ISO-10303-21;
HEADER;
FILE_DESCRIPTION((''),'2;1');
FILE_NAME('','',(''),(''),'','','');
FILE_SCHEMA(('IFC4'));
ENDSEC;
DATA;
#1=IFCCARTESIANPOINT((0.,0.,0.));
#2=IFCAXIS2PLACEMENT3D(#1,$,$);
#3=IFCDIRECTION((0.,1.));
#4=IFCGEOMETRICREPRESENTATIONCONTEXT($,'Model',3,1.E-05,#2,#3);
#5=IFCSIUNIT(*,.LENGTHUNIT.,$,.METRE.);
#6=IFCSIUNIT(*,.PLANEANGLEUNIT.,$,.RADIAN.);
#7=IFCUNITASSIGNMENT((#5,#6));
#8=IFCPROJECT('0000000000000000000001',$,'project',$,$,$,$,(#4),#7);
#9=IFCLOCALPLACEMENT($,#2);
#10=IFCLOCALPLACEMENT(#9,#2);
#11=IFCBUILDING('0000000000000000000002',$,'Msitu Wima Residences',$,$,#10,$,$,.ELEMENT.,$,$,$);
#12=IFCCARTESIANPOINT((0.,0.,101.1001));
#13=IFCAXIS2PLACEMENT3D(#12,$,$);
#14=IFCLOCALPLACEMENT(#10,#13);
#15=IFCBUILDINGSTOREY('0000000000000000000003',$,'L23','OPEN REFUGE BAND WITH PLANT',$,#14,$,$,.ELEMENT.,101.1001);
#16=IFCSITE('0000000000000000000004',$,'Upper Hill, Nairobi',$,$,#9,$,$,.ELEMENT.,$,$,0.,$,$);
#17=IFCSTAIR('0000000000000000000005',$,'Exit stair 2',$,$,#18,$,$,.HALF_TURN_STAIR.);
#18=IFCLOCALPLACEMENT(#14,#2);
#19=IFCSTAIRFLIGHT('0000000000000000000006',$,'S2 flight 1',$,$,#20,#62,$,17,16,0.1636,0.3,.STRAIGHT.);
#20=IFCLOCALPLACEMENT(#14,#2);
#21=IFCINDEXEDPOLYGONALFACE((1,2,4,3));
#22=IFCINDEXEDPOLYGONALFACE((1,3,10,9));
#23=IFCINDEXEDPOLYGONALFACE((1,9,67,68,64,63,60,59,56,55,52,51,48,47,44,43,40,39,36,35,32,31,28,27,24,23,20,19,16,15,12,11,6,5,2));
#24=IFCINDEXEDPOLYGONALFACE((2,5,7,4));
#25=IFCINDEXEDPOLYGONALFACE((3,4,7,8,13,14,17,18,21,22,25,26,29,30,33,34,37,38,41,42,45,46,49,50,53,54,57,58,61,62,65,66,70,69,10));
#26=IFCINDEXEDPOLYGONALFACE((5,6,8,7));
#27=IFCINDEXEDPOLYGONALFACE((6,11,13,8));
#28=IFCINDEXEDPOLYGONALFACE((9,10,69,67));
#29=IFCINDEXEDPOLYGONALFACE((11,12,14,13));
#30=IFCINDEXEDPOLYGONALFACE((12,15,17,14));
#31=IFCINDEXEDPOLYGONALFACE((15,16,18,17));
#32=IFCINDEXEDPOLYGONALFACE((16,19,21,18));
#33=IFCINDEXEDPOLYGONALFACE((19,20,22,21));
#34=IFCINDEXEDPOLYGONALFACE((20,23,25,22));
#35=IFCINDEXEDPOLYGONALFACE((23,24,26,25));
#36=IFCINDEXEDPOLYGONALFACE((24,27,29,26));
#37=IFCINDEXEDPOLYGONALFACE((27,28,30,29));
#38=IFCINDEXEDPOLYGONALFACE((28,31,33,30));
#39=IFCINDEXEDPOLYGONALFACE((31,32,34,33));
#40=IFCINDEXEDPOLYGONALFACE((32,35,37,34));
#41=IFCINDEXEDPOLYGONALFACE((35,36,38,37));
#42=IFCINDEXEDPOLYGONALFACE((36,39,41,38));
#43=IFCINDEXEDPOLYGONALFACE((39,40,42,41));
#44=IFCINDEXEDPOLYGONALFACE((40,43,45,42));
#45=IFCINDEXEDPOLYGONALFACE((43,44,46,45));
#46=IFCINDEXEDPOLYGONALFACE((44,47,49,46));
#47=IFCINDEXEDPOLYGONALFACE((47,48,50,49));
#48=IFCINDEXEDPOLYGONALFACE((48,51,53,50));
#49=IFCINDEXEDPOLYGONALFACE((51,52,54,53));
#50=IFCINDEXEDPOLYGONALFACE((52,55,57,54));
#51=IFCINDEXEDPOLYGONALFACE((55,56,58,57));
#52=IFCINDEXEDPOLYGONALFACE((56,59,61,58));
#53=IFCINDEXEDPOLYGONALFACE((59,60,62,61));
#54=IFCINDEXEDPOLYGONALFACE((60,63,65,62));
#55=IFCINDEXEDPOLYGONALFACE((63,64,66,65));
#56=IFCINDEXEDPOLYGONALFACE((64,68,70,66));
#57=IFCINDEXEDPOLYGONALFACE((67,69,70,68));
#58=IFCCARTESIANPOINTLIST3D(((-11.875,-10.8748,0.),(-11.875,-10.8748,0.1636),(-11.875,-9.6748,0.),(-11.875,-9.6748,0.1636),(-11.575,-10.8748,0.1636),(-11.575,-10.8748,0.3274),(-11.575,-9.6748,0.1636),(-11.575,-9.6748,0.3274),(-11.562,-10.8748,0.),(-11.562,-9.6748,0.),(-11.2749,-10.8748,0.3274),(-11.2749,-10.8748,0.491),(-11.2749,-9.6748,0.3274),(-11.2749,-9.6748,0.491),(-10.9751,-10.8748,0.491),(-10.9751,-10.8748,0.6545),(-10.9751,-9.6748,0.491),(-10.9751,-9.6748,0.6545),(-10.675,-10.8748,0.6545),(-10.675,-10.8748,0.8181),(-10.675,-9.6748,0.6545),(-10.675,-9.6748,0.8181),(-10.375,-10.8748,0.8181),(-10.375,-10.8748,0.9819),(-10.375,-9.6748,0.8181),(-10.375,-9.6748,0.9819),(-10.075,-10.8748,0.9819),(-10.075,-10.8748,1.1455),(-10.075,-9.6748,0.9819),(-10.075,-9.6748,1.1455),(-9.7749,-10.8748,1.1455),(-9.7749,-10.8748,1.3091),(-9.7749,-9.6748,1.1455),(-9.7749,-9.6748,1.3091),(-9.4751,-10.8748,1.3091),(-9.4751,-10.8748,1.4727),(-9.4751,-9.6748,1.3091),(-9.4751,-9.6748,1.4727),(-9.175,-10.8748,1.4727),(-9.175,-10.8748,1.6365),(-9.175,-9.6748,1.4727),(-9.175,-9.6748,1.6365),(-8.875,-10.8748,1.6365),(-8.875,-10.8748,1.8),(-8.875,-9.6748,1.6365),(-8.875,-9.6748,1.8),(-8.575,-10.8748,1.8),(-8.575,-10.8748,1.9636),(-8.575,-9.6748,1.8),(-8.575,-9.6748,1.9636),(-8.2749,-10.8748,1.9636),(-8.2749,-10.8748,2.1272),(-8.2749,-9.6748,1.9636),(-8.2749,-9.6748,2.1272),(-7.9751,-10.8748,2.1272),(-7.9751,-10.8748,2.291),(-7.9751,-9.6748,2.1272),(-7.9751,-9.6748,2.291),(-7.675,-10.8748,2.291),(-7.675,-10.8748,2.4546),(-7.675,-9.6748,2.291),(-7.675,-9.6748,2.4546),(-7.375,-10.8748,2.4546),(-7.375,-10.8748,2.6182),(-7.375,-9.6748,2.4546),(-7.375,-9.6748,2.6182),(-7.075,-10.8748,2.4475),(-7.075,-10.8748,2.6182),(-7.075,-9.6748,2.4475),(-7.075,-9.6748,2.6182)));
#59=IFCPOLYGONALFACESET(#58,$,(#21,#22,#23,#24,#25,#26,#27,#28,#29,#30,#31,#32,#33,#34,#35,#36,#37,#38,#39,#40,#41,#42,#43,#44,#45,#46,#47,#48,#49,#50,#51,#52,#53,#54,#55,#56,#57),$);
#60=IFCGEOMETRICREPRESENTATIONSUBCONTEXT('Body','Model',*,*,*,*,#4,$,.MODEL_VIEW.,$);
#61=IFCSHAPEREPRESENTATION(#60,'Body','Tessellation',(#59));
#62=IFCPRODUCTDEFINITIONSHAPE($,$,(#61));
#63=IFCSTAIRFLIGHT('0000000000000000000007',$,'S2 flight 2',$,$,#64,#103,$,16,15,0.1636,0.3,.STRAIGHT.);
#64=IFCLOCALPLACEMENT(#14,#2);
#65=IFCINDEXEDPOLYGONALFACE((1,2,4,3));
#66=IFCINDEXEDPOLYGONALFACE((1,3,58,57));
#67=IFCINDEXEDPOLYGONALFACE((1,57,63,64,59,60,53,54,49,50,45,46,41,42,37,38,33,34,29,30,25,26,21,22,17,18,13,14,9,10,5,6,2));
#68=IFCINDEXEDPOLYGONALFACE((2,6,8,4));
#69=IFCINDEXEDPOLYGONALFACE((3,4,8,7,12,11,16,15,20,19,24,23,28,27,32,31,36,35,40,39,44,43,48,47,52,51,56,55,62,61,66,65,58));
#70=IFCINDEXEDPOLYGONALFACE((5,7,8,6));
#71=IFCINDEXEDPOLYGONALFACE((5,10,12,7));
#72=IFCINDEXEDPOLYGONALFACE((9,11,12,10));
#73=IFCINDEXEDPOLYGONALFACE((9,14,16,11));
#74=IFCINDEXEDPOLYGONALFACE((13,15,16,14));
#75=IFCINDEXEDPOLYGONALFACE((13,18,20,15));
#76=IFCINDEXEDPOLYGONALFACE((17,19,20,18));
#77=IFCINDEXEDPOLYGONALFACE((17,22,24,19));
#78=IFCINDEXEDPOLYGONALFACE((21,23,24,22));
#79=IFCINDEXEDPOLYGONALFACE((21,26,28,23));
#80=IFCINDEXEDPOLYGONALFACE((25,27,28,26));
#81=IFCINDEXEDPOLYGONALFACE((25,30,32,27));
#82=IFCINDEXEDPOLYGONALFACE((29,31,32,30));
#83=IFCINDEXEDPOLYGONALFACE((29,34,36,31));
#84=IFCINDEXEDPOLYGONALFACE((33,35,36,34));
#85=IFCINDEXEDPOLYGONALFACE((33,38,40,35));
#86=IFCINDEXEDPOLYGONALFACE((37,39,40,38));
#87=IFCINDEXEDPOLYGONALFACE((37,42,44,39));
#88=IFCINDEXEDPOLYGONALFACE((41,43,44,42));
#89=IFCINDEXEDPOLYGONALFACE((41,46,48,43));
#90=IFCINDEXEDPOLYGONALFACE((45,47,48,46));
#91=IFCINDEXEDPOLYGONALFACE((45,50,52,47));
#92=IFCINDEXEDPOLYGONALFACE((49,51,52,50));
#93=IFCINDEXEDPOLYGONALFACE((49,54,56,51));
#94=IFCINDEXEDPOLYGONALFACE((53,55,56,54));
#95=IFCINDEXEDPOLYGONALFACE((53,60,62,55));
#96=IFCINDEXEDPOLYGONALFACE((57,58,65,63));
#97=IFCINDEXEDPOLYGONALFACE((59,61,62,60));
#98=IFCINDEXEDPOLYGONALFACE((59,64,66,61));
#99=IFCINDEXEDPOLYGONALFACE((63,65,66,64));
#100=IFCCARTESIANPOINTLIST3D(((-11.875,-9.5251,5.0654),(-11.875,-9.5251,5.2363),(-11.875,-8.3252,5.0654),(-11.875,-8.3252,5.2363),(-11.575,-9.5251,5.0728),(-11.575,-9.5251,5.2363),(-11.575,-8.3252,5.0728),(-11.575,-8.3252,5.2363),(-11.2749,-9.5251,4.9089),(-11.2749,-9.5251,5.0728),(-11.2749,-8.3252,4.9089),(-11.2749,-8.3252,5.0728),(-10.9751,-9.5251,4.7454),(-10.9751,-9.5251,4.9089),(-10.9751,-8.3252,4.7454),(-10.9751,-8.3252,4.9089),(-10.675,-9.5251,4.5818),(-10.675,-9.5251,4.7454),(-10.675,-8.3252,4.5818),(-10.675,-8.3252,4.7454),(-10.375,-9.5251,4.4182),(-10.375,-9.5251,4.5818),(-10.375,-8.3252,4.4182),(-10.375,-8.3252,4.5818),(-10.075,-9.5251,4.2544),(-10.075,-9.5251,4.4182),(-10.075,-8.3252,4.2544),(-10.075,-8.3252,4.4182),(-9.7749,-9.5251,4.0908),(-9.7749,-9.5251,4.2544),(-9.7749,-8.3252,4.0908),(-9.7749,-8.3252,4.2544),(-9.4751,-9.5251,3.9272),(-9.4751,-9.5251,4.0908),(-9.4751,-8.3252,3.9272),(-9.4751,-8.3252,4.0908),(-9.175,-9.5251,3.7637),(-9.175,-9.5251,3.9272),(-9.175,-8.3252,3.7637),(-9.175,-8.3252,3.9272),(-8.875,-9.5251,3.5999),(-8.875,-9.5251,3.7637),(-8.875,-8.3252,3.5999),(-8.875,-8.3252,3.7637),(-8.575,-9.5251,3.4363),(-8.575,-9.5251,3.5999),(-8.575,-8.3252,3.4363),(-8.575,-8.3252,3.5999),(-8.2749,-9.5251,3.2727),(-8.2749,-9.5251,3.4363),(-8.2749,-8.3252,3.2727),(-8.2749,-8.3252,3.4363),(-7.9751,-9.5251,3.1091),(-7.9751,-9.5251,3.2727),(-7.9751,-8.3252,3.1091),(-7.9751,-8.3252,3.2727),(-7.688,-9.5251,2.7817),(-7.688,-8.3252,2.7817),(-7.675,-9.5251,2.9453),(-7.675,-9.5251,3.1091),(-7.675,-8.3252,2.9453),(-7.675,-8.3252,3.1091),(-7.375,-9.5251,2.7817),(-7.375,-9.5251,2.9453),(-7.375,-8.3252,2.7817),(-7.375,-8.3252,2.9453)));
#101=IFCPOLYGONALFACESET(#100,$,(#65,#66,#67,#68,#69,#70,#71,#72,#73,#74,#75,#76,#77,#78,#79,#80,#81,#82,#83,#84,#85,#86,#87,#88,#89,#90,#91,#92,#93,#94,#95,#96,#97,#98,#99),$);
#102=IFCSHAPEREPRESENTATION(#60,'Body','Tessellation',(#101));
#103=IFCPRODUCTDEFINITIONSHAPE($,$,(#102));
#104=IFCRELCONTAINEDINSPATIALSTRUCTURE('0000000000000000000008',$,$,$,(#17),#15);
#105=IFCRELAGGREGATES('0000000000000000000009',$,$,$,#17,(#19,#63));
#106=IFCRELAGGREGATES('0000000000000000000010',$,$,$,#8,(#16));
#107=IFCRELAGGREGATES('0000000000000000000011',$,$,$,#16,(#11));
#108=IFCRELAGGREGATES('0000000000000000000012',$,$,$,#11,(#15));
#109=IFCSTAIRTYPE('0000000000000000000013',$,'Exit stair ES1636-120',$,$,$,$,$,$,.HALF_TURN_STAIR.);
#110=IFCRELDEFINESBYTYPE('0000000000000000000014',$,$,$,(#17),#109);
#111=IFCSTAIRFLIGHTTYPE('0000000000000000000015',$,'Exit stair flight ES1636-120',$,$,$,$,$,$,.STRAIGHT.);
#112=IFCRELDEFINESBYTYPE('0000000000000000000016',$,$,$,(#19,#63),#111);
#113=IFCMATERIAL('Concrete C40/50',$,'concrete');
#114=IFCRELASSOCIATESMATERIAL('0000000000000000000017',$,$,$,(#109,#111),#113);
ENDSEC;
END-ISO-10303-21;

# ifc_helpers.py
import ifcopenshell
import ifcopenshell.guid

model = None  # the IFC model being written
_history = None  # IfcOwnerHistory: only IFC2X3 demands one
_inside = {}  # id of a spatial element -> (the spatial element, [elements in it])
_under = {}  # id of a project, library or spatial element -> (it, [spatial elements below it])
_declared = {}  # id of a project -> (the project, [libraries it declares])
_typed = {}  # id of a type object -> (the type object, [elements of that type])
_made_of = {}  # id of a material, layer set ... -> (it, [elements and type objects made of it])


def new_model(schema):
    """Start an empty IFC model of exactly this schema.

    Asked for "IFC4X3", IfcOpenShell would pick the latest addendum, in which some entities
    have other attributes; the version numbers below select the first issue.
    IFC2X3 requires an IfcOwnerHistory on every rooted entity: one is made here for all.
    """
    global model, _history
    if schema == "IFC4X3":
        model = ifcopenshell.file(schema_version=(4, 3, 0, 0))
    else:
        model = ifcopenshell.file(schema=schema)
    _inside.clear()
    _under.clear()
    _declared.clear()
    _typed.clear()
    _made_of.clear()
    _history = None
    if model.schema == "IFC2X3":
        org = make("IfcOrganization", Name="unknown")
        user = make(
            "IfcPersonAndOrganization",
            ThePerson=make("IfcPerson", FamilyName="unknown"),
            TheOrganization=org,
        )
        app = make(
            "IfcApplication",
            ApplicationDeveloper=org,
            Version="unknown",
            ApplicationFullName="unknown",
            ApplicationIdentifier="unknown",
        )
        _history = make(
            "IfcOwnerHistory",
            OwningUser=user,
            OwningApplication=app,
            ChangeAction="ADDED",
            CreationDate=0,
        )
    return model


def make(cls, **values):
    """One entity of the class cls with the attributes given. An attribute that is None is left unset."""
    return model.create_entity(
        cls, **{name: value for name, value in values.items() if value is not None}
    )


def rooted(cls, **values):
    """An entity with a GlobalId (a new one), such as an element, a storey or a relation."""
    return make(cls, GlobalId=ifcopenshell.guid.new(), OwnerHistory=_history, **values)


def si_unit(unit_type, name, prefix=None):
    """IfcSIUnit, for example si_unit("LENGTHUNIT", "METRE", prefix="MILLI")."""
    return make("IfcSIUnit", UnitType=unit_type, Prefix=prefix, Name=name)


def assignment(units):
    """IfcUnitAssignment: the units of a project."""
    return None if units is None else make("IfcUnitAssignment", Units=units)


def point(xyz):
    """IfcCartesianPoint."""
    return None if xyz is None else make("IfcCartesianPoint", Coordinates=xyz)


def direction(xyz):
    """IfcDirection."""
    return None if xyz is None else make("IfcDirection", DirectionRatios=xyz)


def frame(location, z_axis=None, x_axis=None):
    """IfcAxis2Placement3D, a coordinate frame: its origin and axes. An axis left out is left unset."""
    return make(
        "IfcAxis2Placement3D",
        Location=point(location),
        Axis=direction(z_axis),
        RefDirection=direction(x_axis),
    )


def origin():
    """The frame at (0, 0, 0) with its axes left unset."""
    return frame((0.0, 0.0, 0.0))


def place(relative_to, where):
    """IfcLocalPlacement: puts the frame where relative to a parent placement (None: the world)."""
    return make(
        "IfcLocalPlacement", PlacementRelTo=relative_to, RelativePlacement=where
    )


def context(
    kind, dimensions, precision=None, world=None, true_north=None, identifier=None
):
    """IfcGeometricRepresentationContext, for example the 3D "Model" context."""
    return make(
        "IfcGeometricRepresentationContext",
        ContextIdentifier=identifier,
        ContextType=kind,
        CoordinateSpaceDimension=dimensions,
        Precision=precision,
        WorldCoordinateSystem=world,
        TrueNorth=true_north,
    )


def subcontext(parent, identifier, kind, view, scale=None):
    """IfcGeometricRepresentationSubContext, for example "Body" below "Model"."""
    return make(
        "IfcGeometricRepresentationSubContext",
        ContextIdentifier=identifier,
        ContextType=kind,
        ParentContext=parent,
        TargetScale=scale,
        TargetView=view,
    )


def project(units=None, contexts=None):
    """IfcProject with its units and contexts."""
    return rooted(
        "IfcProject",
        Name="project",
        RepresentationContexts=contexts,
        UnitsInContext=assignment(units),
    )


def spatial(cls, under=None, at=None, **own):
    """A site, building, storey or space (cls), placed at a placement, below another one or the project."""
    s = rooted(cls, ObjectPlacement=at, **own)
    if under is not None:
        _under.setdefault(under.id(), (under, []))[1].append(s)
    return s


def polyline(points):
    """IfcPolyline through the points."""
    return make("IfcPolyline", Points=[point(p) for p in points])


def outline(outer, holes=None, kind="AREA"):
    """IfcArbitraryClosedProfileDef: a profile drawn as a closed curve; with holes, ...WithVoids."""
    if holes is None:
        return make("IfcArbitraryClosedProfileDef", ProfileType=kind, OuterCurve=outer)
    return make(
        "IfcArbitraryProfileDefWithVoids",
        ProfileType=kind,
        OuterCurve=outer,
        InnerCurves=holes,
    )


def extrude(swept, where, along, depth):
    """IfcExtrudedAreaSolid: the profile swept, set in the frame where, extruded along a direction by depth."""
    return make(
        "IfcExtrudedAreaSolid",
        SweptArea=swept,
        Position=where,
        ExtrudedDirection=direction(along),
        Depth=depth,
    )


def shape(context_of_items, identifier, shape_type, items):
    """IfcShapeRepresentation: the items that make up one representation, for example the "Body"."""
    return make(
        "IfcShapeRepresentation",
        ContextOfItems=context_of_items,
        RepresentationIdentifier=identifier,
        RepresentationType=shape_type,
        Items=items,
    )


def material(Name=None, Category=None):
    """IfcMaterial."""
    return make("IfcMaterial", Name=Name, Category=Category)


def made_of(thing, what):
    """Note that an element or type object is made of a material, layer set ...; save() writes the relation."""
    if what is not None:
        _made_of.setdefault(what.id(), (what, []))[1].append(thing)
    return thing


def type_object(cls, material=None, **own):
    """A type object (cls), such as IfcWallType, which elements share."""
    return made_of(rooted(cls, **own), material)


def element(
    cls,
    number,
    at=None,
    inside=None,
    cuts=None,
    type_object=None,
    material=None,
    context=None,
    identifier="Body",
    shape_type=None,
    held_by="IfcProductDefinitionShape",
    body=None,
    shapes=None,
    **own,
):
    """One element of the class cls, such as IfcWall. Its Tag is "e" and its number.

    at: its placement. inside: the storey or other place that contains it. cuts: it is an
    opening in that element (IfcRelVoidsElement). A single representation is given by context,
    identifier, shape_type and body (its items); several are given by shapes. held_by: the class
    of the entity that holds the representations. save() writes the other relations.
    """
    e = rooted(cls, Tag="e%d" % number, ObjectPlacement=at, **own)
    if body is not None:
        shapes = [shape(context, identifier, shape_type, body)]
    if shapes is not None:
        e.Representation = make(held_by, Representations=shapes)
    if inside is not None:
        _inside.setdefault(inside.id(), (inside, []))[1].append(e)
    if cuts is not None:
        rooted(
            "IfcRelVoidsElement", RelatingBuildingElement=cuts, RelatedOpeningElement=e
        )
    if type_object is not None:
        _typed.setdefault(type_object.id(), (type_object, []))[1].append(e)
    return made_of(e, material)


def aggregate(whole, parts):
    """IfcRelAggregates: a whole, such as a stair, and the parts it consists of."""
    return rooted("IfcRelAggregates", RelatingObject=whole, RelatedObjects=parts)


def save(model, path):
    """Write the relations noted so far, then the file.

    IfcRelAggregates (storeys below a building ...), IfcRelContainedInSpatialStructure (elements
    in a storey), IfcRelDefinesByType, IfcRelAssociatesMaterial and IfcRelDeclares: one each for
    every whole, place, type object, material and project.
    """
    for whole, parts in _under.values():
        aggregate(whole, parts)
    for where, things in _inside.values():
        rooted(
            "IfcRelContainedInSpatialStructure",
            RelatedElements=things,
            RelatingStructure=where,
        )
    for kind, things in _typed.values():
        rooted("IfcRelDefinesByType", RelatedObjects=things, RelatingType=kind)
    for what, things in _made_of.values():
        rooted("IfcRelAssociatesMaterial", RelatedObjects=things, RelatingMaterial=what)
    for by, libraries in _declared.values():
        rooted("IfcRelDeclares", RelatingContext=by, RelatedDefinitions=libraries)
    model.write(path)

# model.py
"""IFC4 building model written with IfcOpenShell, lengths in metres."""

from ifc_helpers import new_model, si_unit, direction, frame, origin, place, context, subcontext, project, spatial, polyline, outline, extrude, material, type_object, element, aggregate, save


model = new_model("IFC4")

# Units and contexts
model_context = context("Model", 3, precision=1e-05, world=origin(), true_north=direction((0.0, 1.0)))
body_context = subcontext(model_context, "Body", "Model", "MODEL_VIEW")
ifc_project = project(units=[si_unit("LENGTHUNIT", "METRE"), si_unit("PLANEANGLEUNIT", "RADIAN")], contexts=[model_context])

# Site, building, storey
site_placement = place(None, origin())
site = spatial("IfcSite", under=ifc_project, at=site_placement, Name="Upper Hill, Nairobi", CompositionType="ELEMENT", RefElevation=0.0)
building_placement = place(site_placement, origin())
building = spatial("IfcBuilding", under=site, at=building_placement, Name="Msitu Wima Residences", CompositionType="ELEMENT")
storey_placement = place(building_placement, frame((0.0, 0.0, 101.1001)))
storey = spatial("IfcBuildingStorey", under=building, at=storey_placement, Name="L23", Description="OPEN REFUGE BAND WITH PLANT", CompositionType="ELEMENT", Elevation=101.1001)

# Stair, stair flights
ifc_material_1 = material(Name="Concrete C40/50", Category="concrete")
stair_type = type_object("IfcStairType", Name="Exit stair ES1636-120", PredefinedType="HALF_TURN_STAIR", material=ifc_material_1)
stair_placement = place(storey_placement, origin())
stair = element("IfcStair", 1, at=stair_placement, inside=storey, type_object=stair_type, Name="Exit stair 2", PredefinedType="HALF_TURN_STAIR")
stair_flight_type = type_object("IfcStairFlightType", Name="Exit stair flight ES1636-120", PredefinedType="STRAIGHT", material=ifc_material_1)
stair_flight_1_placement = place(storey_placement, frame((-11.875, -10.2749, 0.0), z_axis=(0.0, 0.0, 1.0), x_axis=(1.0, 0.0, 0.0)))
stair_flight_1 = element("IfcStairFlight", 2, at=stair_flight_1_placement, type_object=stair_flight_type, Name="S2 flight 1", NumberOfRisers=17, NumberOfTreads=16, PredefinedType="STRAIGHT", RiserHeight=0.1636, TreadLength=0.3, context=body_context, shape_type="SweptSolid", body=[
    extrude(outline(polyline([(0.0, 0.0), (0.0, 0.1636), (0.3, 0.1636), (0.3, 0.3274), (0.6001, 0.3274), (0.6001, 0.491), (0.8999, 0.491), (0.8999, 0.6545), (1.2, 0.6545), (1.2, 0.8181), (1.5, 0.8181), (1.5, 0.9819), (1.8, 0.9819), (1.8, 1.1455), (2.1001, 1.1455), (2.1001, 1.3091), (2.3999, 1.3091), (2.3999, 1.4727), (2.7, 1.4727), (2.7, 1.6365), (3.0, 1.6365), (3.0, 1.8), (3.3, 1.8), (3.3, 1.9636), (3.6001, 1.9636), (3.6001, 2.1272), (3.8999, 2.1272), (3.8999, 2.291), (4.2, 2.291), (4.2, 2.4546), (4.5, 2.4546), (4.5, 2.6182), (4.8, 2.6182), (4.8, 2.7817), (4.8, 2.4475), (0.313, 0.0), (0.0, 0.0)])), frame((0.0, 0.6001, 0.0), z_axis=(0.0, -1.0, 0.0), x_axis=(1.0, 0.0, 0.0)), (0.0, 0.0, 1.0), 1.2),
])
stair_flight_2_placement = place(storey_placement, frame((-7.375, -8.925, 2.7817), z_axis=(0.0, 0.0, 1.0), x_axis=(-1.0, 0.0, 0.0)))
stair_flight_2 = element("IfcStairFlight", 3, at=stair_flight_2_placement, type_object=stair_flight_type, Name="S2 flight 2", NumberOfRisers=16, NumberOfTreads=15, PredefinedType="STRAIGHT", RiserHeight=0.1636, TreadLength=0.3, context=body_context, shape_type="SweptSolid", body=[
    extrude(outline(polyline([(0.0, 0.0), (0.0, 0.1636), (0.3, 0.1636), (0.3, 0.3274), (0.6001, 0.3274), (0.6001, 0.491), (0.8999, 0.491), (0.8999, 0.6545), (1.2, 0.6545), (1.2, 0.8181), (1.5, 0.8181), (1.5, 0.9819), (1.8, 0.9819), (1.8, 1.1455), (2.1001, 1.1455), (2.1001, 1.3091), (2.3999, 1.3091), (2.3999, 1.4727), (2.7, 1.4727), (2.7, 1.6365), (3.0, 1.6365), (3.0, 1.8), (3.3, 1.8), (3.3, 1.9636), (3.6001, 1.9636), (3.6001, 2.1272), (3.8999, 2.1272), (3.8999, 2.291), (4.2, 2.291), (4.2, 2.4546), (4.5, 2.4546), (4.5, 2.6182), (4.5, 2.2837), (0.313, 0.0), (0.0, 0.0)])), frame((0.0, 0.6001, 0.0), z_axis=(0.0, -1.0, 0.0), x_axis=(1.0, 0.0, 0.0)), (0.0, 0.0, 1.0), 1.2),
])
aggregate(stair, [stair_flight_1, stair_flight_2])

save(model, "model.ifc")
